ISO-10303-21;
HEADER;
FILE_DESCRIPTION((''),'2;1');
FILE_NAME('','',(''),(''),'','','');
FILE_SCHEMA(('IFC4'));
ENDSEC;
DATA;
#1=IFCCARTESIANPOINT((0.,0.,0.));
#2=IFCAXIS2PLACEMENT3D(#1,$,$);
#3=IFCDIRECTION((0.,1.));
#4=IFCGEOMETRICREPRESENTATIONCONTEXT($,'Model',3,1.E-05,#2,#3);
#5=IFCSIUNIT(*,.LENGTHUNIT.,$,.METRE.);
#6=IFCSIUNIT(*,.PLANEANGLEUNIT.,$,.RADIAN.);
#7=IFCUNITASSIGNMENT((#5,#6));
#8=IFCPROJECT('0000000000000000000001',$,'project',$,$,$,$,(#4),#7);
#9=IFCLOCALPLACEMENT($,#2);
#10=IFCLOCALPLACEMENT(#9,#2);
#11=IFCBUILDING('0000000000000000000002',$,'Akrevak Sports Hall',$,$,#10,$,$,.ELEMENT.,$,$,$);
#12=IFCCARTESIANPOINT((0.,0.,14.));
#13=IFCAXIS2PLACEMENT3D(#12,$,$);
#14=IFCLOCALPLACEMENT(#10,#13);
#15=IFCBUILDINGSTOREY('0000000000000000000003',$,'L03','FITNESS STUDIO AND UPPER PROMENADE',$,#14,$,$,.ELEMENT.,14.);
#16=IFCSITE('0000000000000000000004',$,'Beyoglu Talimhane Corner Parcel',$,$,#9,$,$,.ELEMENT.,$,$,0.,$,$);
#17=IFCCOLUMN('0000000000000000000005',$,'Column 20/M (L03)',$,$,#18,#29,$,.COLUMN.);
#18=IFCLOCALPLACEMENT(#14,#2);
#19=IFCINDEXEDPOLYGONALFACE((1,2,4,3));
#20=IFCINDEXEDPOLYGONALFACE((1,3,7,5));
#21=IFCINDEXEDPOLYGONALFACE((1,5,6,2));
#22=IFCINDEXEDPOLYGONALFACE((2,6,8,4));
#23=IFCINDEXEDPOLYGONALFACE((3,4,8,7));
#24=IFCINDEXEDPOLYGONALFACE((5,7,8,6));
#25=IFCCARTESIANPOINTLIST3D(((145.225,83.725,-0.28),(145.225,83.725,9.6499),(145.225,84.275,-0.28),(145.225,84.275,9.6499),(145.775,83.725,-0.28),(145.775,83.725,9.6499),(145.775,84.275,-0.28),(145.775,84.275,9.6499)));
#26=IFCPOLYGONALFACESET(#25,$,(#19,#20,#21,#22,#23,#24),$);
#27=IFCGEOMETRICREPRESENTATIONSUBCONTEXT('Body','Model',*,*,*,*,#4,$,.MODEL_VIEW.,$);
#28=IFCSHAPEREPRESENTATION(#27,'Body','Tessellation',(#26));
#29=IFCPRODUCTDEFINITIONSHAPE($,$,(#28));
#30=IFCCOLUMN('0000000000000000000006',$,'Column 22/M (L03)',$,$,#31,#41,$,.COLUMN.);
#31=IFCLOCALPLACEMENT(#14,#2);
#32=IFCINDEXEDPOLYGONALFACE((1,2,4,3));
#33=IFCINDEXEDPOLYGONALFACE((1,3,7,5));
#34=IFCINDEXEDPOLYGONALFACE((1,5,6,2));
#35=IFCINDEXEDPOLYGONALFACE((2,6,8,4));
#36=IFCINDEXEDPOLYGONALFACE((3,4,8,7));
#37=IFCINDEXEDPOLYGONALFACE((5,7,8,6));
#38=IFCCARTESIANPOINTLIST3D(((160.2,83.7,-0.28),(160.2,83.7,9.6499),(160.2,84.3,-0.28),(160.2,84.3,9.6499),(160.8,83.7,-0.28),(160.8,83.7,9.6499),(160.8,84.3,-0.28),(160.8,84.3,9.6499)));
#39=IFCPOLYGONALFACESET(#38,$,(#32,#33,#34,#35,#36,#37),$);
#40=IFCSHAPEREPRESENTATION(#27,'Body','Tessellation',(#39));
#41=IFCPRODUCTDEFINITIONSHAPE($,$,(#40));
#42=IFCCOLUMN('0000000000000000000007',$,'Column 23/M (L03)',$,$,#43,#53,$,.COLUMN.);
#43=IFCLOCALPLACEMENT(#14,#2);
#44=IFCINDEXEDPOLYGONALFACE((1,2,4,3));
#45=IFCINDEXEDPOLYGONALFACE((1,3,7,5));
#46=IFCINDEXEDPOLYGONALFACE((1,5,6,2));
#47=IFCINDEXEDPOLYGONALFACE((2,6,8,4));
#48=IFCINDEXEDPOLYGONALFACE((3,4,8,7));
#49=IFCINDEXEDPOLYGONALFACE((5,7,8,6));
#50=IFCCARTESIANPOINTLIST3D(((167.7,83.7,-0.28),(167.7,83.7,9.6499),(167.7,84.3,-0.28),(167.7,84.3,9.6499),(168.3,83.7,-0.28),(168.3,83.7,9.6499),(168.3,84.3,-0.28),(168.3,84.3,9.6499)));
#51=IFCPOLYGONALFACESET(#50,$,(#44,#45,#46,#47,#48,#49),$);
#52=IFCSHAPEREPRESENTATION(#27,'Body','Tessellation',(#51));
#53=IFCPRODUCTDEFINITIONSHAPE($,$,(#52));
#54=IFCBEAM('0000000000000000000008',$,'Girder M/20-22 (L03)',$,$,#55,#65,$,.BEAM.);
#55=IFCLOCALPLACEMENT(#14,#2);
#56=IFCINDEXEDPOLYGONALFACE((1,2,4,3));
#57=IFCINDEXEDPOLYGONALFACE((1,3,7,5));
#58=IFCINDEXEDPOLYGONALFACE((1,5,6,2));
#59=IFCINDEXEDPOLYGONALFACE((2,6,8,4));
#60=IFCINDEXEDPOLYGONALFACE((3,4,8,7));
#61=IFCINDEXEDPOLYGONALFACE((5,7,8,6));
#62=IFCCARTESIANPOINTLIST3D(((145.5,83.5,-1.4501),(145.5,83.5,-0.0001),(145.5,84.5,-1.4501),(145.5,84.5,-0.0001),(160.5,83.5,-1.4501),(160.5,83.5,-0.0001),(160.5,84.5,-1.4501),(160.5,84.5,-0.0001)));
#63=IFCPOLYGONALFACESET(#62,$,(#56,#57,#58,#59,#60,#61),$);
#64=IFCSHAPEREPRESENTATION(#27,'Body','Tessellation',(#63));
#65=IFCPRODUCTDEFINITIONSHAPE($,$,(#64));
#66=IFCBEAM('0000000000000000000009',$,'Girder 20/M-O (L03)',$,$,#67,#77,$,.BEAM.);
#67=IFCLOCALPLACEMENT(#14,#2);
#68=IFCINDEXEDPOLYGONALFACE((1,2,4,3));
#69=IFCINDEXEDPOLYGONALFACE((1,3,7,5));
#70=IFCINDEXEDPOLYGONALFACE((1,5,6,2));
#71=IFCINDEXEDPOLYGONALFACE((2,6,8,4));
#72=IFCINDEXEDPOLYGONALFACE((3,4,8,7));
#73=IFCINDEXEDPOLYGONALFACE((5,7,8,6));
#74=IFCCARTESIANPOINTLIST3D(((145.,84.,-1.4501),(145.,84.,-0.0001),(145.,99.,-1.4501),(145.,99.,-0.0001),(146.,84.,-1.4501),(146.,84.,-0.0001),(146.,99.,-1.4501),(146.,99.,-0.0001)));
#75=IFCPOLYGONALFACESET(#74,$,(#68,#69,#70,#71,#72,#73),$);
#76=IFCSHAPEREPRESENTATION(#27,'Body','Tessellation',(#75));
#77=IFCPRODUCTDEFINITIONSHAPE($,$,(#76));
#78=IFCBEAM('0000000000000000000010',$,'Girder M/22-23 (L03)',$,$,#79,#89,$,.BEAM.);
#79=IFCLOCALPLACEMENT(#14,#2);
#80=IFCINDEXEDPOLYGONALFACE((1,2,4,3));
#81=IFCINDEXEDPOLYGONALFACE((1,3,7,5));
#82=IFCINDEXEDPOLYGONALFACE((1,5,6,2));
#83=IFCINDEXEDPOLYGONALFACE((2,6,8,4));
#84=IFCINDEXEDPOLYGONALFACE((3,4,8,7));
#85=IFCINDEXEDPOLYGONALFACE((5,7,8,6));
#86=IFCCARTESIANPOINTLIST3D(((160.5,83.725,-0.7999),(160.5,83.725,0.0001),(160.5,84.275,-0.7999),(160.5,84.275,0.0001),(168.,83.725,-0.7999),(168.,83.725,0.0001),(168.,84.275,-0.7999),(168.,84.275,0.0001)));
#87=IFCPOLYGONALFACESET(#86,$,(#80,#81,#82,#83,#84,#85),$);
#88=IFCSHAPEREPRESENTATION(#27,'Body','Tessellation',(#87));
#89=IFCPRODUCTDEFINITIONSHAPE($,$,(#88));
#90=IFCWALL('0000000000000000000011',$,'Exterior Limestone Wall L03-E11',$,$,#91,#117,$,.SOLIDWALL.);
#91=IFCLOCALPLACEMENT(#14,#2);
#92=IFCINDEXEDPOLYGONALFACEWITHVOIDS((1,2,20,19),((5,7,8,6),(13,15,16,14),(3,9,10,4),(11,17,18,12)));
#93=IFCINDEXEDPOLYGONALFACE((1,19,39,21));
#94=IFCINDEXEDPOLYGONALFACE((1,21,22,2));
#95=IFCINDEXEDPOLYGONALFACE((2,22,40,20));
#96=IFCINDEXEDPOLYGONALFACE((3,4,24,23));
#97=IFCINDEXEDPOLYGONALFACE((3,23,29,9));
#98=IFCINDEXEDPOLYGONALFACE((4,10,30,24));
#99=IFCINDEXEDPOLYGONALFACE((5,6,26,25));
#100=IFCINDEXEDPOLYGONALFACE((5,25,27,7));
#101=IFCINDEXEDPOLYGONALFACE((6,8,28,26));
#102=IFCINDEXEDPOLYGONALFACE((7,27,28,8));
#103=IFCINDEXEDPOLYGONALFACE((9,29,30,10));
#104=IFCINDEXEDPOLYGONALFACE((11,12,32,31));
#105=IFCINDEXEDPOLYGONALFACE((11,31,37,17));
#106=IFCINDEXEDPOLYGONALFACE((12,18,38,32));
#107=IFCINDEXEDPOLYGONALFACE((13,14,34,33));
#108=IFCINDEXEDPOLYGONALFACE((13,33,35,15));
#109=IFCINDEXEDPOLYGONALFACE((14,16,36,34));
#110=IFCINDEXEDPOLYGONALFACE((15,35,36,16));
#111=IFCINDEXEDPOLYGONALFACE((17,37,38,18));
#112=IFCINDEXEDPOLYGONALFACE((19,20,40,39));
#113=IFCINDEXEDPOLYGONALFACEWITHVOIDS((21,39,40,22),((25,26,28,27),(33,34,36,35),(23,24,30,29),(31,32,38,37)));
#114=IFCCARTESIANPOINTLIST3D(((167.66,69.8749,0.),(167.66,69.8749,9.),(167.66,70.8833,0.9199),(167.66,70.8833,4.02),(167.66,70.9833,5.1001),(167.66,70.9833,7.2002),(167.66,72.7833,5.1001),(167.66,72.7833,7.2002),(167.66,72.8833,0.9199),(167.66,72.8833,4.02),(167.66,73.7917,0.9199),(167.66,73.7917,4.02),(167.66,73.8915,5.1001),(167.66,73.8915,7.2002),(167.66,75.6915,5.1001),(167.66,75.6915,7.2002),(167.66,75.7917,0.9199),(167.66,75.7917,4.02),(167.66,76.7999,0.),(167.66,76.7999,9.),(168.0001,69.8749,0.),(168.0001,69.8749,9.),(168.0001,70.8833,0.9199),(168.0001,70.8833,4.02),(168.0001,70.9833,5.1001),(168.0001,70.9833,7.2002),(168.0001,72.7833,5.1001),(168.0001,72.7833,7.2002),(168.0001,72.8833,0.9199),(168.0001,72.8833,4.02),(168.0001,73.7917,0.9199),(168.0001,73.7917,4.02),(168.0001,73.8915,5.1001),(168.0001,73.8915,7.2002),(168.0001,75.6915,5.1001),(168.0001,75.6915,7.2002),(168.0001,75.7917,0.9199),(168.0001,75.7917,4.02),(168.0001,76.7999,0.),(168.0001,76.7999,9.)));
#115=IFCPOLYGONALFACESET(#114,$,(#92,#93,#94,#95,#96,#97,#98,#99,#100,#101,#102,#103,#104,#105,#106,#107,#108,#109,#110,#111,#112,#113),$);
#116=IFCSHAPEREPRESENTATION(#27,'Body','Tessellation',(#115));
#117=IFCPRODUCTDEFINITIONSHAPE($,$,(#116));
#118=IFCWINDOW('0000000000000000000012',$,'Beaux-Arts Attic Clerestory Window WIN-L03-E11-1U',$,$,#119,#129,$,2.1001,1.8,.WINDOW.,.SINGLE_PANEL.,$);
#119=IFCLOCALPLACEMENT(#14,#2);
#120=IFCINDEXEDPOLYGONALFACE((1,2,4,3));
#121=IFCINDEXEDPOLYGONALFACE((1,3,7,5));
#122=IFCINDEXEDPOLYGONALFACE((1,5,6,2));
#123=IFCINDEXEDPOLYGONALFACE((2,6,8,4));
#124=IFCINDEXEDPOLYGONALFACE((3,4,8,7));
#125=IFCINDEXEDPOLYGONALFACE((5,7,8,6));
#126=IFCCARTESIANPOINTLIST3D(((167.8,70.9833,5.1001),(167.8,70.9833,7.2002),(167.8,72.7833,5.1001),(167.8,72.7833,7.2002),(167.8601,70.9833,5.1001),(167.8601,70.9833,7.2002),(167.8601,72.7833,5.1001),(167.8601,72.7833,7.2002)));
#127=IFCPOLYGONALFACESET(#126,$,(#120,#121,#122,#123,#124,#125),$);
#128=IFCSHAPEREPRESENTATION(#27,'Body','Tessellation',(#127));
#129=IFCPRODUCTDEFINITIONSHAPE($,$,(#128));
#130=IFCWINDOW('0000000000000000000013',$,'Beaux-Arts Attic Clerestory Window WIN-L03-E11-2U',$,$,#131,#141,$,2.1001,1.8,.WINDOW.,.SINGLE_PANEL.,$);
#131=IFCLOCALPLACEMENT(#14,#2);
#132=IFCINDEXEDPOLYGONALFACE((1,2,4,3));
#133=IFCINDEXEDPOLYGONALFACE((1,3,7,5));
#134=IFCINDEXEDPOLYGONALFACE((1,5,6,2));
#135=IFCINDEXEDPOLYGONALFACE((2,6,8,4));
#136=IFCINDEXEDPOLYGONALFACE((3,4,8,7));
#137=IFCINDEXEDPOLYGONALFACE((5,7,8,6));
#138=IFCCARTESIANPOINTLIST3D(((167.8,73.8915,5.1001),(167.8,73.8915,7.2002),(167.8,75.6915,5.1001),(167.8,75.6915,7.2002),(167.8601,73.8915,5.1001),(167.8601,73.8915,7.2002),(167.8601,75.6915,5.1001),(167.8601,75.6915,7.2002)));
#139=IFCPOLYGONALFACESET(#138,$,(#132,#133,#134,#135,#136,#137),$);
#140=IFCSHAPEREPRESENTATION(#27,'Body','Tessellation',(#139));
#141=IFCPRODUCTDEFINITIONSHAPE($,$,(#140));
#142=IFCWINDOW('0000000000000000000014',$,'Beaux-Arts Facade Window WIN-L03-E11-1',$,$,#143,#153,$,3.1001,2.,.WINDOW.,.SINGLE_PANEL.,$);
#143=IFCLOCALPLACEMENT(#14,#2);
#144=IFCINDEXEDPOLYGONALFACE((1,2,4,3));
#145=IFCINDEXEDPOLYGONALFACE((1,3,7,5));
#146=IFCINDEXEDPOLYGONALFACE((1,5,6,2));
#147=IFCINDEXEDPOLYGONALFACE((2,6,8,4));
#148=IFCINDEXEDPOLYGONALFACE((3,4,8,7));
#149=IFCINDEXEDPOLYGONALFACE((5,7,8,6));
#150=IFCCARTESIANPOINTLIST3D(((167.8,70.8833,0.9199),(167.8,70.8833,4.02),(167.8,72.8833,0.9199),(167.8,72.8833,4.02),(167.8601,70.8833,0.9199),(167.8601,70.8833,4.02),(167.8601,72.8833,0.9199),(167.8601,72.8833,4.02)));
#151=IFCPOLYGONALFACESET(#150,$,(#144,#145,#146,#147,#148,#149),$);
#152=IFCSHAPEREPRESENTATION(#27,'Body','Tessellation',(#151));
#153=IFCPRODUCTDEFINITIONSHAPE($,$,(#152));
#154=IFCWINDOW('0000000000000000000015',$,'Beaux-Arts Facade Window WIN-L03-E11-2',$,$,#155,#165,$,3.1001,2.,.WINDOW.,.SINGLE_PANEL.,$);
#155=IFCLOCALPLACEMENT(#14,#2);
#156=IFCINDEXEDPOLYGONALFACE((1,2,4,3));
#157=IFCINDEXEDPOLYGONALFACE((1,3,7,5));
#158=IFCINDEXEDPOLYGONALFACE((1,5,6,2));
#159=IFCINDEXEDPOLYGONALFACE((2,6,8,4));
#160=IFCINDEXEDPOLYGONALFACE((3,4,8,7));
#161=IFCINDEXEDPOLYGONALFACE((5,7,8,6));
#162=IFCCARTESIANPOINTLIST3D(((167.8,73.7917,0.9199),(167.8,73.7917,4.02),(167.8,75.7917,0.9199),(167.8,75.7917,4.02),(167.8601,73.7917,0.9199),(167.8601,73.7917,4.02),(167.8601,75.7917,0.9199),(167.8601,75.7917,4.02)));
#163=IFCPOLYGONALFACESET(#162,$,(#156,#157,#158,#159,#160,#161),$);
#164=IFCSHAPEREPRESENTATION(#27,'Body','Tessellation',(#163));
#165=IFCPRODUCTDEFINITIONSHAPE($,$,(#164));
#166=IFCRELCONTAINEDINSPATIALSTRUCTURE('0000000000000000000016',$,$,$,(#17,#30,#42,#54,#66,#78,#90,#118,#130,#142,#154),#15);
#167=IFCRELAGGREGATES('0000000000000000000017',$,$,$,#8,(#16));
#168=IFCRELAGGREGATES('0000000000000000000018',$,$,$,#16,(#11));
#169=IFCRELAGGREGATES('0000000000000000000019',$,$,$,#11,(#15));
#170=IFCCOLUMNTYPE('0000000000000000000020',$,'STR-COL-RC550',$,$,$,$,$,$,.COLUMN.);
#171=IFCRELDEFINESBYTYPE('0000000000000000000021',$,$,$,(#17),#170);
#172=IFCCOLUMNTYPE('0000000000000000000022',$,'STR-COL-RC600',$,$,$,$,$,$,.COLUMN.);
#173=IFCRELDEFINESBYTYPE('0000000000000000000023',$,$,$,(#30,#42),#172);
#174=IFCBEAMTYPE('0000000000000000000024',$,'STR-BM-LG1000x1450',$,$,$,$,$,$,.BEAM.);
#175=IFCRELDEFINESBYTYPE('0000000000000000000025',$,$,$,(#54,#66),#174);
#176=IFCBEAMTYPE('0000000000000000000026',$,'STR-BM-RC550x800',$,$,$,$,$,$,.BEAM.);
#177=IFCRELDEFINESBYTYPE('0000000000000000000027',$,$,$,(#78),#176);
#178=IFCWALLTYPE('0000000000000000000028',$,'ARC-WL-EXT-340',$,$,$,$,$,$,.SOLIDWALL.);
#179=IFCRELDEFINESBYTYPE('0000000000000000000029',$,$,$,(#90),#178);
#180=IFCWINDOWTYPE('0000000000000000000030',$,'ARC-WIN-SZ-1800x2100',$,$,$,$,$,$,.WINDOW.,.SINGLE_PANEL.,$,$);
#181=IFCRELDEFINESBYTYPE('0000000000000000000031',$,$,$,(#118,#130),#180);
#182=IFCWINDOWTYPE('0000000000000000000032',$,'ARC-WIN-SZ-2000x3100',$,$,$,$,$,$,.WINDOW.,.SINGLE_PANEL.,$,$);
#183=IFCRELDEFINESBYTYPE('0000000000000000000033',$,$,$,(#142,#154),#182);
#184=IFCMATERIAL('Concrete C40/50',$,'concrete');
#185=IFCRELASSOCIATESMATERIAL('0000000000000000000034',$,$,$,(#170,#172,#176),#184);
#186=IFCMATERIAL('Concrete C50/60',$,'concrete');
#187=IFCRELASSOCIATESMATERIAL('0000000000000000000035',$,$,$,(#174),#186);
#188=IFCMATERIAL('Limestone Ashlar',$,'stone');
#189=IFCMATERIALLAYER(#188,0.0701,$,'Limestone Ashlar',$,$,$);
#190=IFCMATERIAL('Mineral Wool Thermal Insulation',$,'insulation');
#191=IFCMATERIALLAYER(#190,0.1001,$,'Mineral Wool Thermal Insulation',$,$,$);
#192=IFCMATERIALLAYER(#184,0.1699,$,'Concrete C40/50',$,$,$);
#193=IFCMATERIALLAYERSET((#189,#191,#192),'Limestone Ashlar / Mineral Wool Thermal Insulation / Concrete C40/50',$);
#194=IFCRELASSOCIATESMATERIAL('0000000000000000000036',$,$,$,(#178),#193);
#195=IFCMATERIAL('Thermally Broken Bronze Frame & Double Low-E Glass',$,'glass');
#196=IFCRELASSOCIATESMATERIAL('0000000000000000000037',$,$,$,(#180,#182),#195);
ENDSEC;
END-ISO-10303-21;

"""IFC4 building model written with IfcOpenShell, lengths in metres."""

from ifc_helpers import new_model, si_unit, direction, frame, frame_2d, origin, origin_2d, place, context, subcontext, project, spatial, rectangle, extrude, material, layer, layer_set, material_profile, profile_set, type_object, element, fill, save


model = new_model("IFC4")

# Units and contexts
model_context = context("Model", 3, precision=1e-05, world=origin(), true_north=direction((0.0, 1.0)))
body_context = subcontext(model_context, "Body", "Model", "MODEL_VIEW")
ifc_project = project(units=[si_unit("LENGTHUNIT", "METRE"), si_unit("PLANEANGLEUNIT", "RADIAN")], contexts=[model_context])

# Site, building, storey
site_placement = place(None, origin())
site = spatial("IfcSite", under=ifc_project, at=site_placement, Name="Beyoglu Talimhane Corner Parcel", CompositionType="ELEMENT", RefElevation=0.0)
building_placement = place(site_placement, origin())
building = spatial("IfcBuilding", under=site, at=building_placement, Name="Akrevak Sports Hall", CompositionType="ELEMENT")
storey_placement = place(building_placement, frame((0.0, 0.0, 14.0)))
storey = spatial("IfcBuildingStorey", under=building, at=storey_placement, Name="L03", Description="FITNESS STUDIO AND UPPER PROMENADE", CompositionType="ELEMENT", Elevation=14.0)

# Columns
ifc_material_1 = material(Name="Concrete C40/50", Category="concrete")
ifc_material_profile_1 = material_profile(ifc_material_1, rectangle(XDim=0.55, YDim=0.55, at=origin_2d()), Name="RC 550x550", Category="concrete")
ifc_profile_set_1 = profile_set([ifc_material_profile_1], Name="Concrete C40/50")
column_type_1 = type_object("IfcColumnType", Name="STR-COL-RC550", PredefinedType="COLUMN", material=ifc_profile_set_1)
column_placement = place(storey_placement, frame((145.5, 84.0, -0.28), z_axis=(0.0, 0.0, 1.0), x_axis=(1.0, 0.0, 0.0)))
element("IfcColumn", 1, at=column_placement, inside=storey, type_object=column_type_1, Name="Column 20/M (L03)", PredefinedType="COLUMN", context=body_context, shape_type="SweptSolid", body=[
    extrude(rectangle(XDim=0.55, YDim=0.55, at=origin_2d()), origin(), (0.0, 0.0, 1.0), 9.9299),
])
ifc_material_profile_2 = material_profile(ifc_material_1, rectangle(XDim=0.6001, YDim=0.6001, at=origin_2d()), Name="RC 600x600", Category="concrete")
ifc_profile_set_2 = profile_set([ifc_material_profile_2], Name="Concrete C40/50")
column_type_2 = type_object("IfcColumnType", Name="STR-COL-RC600", PredefinedType="COLUMN", material=ifc_profile_set_2)
for number, where, z_axis, x_axis, name in (
    (2, (160.5, 84.0, -0.28), (0.0, 0.0, 1.0), (1.0, 0.0, 0.0), "Column 22/M (L03)"),
    (3, (168.0, 84.0, -0.28), (0.0, 0.0, 1.0), (1.0, 0.0, 0.0), "Column 23/M (L03)"),
):
    element("IfcColumn", number, at=place(storey_placement, frame(where, z_axis=z_axis, x_axis=x_axis)), inside=storey, type_object=column_type_2, Name=name, PredefinedType="COLUMN", context=body_context, shape_type="SweptSolid", body=[
        extrude(rectangle(XDim=0.6001, YDim=0.6001, at=origin_2d()), origin(), (0.0, 0.0, 1.0), 9.9299),
    ])

# Beams
ifc_material_2 = material(Name="Concrete C50/60", Category="concrete")
ifc_material_profile_3 = material_profile(ifc_material_2, rectangle(XDim=1.0, YDim=1.45, at=origin_2d()), Name="BM 1000x1450", Category="concrete")
ifc_profile_set_3 = profile_set([ifc_material_profile_3], Name="Concrete C50/60")
beam_type_1 = type_object("IfcBeamType", Name="STR-BM-LG1000x1450", PredefinedType="BEAM", material=ifc_profile_set_3)
for number, where, z_axis, x_axis, name in (
    (4, (145.5, 84.0, -0.7251), (1.0, 0.0, 0.0), (0.0, 1.0, 0.0), "Girder M/20-22 (L03)"),
    (5, (145.5, 84.0, -0.7251), (0.0, 1.0, 0.0), (-1.0, 0.0, 0.0), "Girder 20/M-O (L03)"),
):
    element("IfcBeam", number, at=place(storey_placement, frame(where, z_axis=z_axis, x_axis=x_axis)), inside=storey, type_object=beam_type_1, Name=name, PredefinedType="BEAM", context=body_context, shape_type="SweptSolid", body=[
        extrude(rectangle(XDim=1.0, YDim=1.45, at=origin_2d()), origin(), (0.0, 0.0, 1.0), 15.0),
    ])
ifc_material_profile_4 = material_profile(ifc_material_1, rectangle(XDim=0.55, YDim=0.8, at=origin_2d()), Name="BM 550x800", Category="concrete")
ifc_profile_set_4 = profile_set([ifc_material_profile_4], Name="Concrete C40/50")
beam_type_2 = type_object("IfcBeamType", Name="STR-BM-RC550x800", PredefinedType="BEAM", material=ifc_profile_set_4)
beam_placement = place(storey_placement, frame((160.5, 84.0, -0.3999), z_axis=(1.0, 0.0, 0.0), x_axis=(0.0, 1.0, 0.0)))
element("IfcBeam", 6, at=beam_placement, inside=storey, type_object=beam_type_2, Name="Girder M/22-23 (L03)", PredefinedType="BEAM", context=body_context, shape_type="SweptSolid", body=[
    extrude(rectangle(XDim=0.55, YDim=0.8, at=origin_2d()), origin(), (0.0, 0.0, 1.0), 7.5),
])

# Wall, openings, windows
ifc_material_3 = material(Name="Limestone Ashlar", Category="stone")
ifc_layer_1 = layer(ifc_material_3, 0.0701, Name="Limestone Ashlar")
ifc_material_4 = material(Name="Mineral Wool Thermal Insulation", Category="insulation")
ifc_layer_2 = layer(ifc_material_4, 0.1001, Name="Mineral Wool Thermal Insulation")
ifc_layer_3 = layer(ifc_material_1, 0.1699, Name="Concrete C40/50")
ifc_layer_set_1 = layer_set([ifc_layer_1, ifc_layer_2, ifc_layer_3], Name="Limestone Ashlar / Mineral Wool Thermal Insulation / Concrete C40/50")
wall_type = type_object("IfcWallType", Name="ARC-WL-EXT-340", PredefinedType="SOLIDWALL", material=ifc_layer_set_1)
wall_1_placement = place(storey_placement, frame((167.8301, 69.875, 0.0), z_axis=(0.0, 0.0, 1.0), x_axis=(0.0, 1.0, 0.0)))
wall_1 = element("IfcWall", 7, at=wall_1_placement, inside=storey, type_object=wall_type, Name="Exterior Limestone Wall L03-E11", PredefinedType="SOLIDWALL", context=body_context, shape_type="SweptSolid", body=[
    extrude(rectangle(XDim=6.925, YDim=0.3401, at=frame_2d((3.4624, 0.0))), origin(), (0.0, 0.0, 1.0), 9.0),
])
opening_1_placement = place(wall_1_placement, frame((1.0083, 0.0, 0.9199)))
opening_1 = element("IfcOpeningElement", 8, at=opening_1_placement, cuts=wall_1, PredefinedType="OPENING", context=body_context, shape_type="SweptSolid", body=[
    extrude(rectangle(XDim=2.0, YDim=3.1001, at=frame_2d((1.0, 1.55))), frame((0.0, 0.1821, 0.0), z_axis=(0.0, -1.0, 0.0), x_axis=(1.0, 0.0, 0.0)), (0.0, 0.0, 1.0), 0.364),
])
opening_2_placement = place(wall_1_placement, frame((1.1084, 0.0, 5.1001)))
opening_2 = element("IfcOpeningElement", 9, at=opening_2_placement, cuts=wall_1, PredefinedType="OPENING", context=body_context, shape_type="SweptSolid", body=[
    extrude(rectangle(XDim=1.8, YDim=2.1001, at=frame_2d((0.8999, 1.05))), frame((0.0, 0.1821, 0.0), z_axis=(0.0, -1.0, 0.0), x_axis=(1.0, 0.0, 0.0)), (0.0, 0.0, 1.0), 0.364),
])
opening_3_placement = place(wall_1_placement, frame((3.9167, 0.0, 0.9199)))
opening_3 = element("IfcOpeningElement", 10, at=opening_3_placement, cuts=wall_1, PredefinedType="OPENING", context=body_context, shape_type="SweptSolid", body=[
    extrude(rectangle(XDim=2.0, YDim=3.1001, at=frame_2d((1.0, 1.55))), frame((0.0, 0.1821, 0.0), z_axis=(0.0, -1.0, 0.0), x_axis=(1.0, 0.0, 0.0)), (0.0, 0.0, 1.0), 0.364),
])
opening_4_placement = place(wall_1_placement, frame((4.0166, 0.0, 5.1001)))
opening_4 = element("IfcOpeningElement", 11, at=opening_4_placement, cuts=wall_1, PredefinedType="OPENING", context=body_context, shape_type="SweptSolid", body=[
    extrude(rectangle(XDim=1.8, YDim=2.1001, at=frame_2d((0.8999, 1.05))), frame((0.0, 0.1821, 0.0), z_axis=(0.0, -1.0, 0.0), x_axis=(1.0, 0.0, 0.0)), (0.0, 0.0, 1.0), 0.364),
])
ifc_material_5 = material(Name="Thermally Broken Bronze Frame & Double Low-E Glass", Category="glass")
window_type_1 = type_object("IfcWindowType", Name="ARC-WIN-SZ-1800x2100", PartitioningType="SINGLE_PANEL", PredefinedType="WINDOW", material=ifc_material_5)
window_1_placement = place(opening_2_placement, origin())
window_1 = element("IfcWindow", 12, at=window_1_placement, inside=storey, type_object=window_type_1, Name="Beaux-Arts Attic Clerestory Window WIN-L03-E11-1U", OverallHeight=2.1001, OverallWidth=1.8, PartitioningType="SINGLE_PANEL", PredefinedType="WINDOW", context=body_context, shape_type="SweptSolid", body=[
    extrude(rectangle(XDim=1.8, YDim=2.1001, at=frame_2d((0.8999, 1.05))), frame((0.0, 0.03, 0.0), z_axis=(0.0, -1.0, 0.0), x_axis=(1.0, 0.0, 0.0)), (0.0, 0.0, 1.0), 0.0601),
])
fill(opening_2, window_1)
window_2_placement = place(opening_4_placement, origin())
window_2 = element("IfcWindow", 13, at=window_2_placement, inside=storey, type_object=window_type_1, Name="Beaux-Arts Attic Clerestory Window WIN-L03-E11-2U", OverallHeight=2.1001, OverallWidth=1.8, PartitioningType="SINGLE_PANEL", PredefinedType="WINDOW", context=body_context, shape_type="SweptSolid", body=[
    extrude(rectangle(XDim=1.8, YDim=2.1001, at=frame_2d((0.8999, 1.05))), frame((0.0, 0.03, 0.0), z_axis=(0.0, -1.0, 0.0), x_axis=(1.0, 0.0, 0.0)), (0.0, 0.0, 1.0), 0.0601),
])
fill(opening_4, window_2)
window_type_2 = type_object("IfcWindowType", Name="ARC-WIN-SZ-2000x3100", PartitioningType="SINGLE_PANEL", PredefinedType="WINDOW", material=ifc_material_5)
window_3_placement = place(opening_1_placement, origin())
window_3 = element("IfcWindow", 14, at=window_3_placement, inside=storey, type_object=window_type_2, Name="Beaux-Arts Facade Window WIN-L03-E11-1", OverallHeight=3.1001, OverallWidth=2.0, PartitioningType="SINGLE_PANEL", PredefinedType="WINDOW", context=body_context, shape_type="SweptSolid", body=[
    extrude(rectangle(XDim=2.0, YDim=3.1001, at=frame_2d((1.0, 1.55))), frame((0.0, 0.03, 0.0), z_axis=(0.0, -1.0, 0.0), x_axis=(1.0, 0.0, 0.0)), (0.0, 0.0, 1.0), 0.0601),
])
fill(opening_1, window_3)
window_4_placement = place(opening_3_placement, origin())
window_4 = element("IfcWindow", 15, at=window_4_placement, inside=storey, type_object=window_type_2, Name="Beaux-Arts Facade Window WIN-L03-E11-2", OverallHeight=3.1001, OverallWidth=2.0, PartitioningType="SINGLE_PANEL", PredefinedType="WINDOW", context=body_context, shape_type="SweptSolid", body=[
    extrude(rectangle(XDim=2.0, YDim=3.1001, at=frame_2d((1.0, 1.55))), frame((0.0, 0.03, 0.0), z_axis=(0.0, -1.0, 0.0), x_axis=(1.0, 0.0, 0.0)), (0.0, 0.0, 1.0), 0.0601),
])
fill(opening_3, window_4)

save(model, "model.ifc")
